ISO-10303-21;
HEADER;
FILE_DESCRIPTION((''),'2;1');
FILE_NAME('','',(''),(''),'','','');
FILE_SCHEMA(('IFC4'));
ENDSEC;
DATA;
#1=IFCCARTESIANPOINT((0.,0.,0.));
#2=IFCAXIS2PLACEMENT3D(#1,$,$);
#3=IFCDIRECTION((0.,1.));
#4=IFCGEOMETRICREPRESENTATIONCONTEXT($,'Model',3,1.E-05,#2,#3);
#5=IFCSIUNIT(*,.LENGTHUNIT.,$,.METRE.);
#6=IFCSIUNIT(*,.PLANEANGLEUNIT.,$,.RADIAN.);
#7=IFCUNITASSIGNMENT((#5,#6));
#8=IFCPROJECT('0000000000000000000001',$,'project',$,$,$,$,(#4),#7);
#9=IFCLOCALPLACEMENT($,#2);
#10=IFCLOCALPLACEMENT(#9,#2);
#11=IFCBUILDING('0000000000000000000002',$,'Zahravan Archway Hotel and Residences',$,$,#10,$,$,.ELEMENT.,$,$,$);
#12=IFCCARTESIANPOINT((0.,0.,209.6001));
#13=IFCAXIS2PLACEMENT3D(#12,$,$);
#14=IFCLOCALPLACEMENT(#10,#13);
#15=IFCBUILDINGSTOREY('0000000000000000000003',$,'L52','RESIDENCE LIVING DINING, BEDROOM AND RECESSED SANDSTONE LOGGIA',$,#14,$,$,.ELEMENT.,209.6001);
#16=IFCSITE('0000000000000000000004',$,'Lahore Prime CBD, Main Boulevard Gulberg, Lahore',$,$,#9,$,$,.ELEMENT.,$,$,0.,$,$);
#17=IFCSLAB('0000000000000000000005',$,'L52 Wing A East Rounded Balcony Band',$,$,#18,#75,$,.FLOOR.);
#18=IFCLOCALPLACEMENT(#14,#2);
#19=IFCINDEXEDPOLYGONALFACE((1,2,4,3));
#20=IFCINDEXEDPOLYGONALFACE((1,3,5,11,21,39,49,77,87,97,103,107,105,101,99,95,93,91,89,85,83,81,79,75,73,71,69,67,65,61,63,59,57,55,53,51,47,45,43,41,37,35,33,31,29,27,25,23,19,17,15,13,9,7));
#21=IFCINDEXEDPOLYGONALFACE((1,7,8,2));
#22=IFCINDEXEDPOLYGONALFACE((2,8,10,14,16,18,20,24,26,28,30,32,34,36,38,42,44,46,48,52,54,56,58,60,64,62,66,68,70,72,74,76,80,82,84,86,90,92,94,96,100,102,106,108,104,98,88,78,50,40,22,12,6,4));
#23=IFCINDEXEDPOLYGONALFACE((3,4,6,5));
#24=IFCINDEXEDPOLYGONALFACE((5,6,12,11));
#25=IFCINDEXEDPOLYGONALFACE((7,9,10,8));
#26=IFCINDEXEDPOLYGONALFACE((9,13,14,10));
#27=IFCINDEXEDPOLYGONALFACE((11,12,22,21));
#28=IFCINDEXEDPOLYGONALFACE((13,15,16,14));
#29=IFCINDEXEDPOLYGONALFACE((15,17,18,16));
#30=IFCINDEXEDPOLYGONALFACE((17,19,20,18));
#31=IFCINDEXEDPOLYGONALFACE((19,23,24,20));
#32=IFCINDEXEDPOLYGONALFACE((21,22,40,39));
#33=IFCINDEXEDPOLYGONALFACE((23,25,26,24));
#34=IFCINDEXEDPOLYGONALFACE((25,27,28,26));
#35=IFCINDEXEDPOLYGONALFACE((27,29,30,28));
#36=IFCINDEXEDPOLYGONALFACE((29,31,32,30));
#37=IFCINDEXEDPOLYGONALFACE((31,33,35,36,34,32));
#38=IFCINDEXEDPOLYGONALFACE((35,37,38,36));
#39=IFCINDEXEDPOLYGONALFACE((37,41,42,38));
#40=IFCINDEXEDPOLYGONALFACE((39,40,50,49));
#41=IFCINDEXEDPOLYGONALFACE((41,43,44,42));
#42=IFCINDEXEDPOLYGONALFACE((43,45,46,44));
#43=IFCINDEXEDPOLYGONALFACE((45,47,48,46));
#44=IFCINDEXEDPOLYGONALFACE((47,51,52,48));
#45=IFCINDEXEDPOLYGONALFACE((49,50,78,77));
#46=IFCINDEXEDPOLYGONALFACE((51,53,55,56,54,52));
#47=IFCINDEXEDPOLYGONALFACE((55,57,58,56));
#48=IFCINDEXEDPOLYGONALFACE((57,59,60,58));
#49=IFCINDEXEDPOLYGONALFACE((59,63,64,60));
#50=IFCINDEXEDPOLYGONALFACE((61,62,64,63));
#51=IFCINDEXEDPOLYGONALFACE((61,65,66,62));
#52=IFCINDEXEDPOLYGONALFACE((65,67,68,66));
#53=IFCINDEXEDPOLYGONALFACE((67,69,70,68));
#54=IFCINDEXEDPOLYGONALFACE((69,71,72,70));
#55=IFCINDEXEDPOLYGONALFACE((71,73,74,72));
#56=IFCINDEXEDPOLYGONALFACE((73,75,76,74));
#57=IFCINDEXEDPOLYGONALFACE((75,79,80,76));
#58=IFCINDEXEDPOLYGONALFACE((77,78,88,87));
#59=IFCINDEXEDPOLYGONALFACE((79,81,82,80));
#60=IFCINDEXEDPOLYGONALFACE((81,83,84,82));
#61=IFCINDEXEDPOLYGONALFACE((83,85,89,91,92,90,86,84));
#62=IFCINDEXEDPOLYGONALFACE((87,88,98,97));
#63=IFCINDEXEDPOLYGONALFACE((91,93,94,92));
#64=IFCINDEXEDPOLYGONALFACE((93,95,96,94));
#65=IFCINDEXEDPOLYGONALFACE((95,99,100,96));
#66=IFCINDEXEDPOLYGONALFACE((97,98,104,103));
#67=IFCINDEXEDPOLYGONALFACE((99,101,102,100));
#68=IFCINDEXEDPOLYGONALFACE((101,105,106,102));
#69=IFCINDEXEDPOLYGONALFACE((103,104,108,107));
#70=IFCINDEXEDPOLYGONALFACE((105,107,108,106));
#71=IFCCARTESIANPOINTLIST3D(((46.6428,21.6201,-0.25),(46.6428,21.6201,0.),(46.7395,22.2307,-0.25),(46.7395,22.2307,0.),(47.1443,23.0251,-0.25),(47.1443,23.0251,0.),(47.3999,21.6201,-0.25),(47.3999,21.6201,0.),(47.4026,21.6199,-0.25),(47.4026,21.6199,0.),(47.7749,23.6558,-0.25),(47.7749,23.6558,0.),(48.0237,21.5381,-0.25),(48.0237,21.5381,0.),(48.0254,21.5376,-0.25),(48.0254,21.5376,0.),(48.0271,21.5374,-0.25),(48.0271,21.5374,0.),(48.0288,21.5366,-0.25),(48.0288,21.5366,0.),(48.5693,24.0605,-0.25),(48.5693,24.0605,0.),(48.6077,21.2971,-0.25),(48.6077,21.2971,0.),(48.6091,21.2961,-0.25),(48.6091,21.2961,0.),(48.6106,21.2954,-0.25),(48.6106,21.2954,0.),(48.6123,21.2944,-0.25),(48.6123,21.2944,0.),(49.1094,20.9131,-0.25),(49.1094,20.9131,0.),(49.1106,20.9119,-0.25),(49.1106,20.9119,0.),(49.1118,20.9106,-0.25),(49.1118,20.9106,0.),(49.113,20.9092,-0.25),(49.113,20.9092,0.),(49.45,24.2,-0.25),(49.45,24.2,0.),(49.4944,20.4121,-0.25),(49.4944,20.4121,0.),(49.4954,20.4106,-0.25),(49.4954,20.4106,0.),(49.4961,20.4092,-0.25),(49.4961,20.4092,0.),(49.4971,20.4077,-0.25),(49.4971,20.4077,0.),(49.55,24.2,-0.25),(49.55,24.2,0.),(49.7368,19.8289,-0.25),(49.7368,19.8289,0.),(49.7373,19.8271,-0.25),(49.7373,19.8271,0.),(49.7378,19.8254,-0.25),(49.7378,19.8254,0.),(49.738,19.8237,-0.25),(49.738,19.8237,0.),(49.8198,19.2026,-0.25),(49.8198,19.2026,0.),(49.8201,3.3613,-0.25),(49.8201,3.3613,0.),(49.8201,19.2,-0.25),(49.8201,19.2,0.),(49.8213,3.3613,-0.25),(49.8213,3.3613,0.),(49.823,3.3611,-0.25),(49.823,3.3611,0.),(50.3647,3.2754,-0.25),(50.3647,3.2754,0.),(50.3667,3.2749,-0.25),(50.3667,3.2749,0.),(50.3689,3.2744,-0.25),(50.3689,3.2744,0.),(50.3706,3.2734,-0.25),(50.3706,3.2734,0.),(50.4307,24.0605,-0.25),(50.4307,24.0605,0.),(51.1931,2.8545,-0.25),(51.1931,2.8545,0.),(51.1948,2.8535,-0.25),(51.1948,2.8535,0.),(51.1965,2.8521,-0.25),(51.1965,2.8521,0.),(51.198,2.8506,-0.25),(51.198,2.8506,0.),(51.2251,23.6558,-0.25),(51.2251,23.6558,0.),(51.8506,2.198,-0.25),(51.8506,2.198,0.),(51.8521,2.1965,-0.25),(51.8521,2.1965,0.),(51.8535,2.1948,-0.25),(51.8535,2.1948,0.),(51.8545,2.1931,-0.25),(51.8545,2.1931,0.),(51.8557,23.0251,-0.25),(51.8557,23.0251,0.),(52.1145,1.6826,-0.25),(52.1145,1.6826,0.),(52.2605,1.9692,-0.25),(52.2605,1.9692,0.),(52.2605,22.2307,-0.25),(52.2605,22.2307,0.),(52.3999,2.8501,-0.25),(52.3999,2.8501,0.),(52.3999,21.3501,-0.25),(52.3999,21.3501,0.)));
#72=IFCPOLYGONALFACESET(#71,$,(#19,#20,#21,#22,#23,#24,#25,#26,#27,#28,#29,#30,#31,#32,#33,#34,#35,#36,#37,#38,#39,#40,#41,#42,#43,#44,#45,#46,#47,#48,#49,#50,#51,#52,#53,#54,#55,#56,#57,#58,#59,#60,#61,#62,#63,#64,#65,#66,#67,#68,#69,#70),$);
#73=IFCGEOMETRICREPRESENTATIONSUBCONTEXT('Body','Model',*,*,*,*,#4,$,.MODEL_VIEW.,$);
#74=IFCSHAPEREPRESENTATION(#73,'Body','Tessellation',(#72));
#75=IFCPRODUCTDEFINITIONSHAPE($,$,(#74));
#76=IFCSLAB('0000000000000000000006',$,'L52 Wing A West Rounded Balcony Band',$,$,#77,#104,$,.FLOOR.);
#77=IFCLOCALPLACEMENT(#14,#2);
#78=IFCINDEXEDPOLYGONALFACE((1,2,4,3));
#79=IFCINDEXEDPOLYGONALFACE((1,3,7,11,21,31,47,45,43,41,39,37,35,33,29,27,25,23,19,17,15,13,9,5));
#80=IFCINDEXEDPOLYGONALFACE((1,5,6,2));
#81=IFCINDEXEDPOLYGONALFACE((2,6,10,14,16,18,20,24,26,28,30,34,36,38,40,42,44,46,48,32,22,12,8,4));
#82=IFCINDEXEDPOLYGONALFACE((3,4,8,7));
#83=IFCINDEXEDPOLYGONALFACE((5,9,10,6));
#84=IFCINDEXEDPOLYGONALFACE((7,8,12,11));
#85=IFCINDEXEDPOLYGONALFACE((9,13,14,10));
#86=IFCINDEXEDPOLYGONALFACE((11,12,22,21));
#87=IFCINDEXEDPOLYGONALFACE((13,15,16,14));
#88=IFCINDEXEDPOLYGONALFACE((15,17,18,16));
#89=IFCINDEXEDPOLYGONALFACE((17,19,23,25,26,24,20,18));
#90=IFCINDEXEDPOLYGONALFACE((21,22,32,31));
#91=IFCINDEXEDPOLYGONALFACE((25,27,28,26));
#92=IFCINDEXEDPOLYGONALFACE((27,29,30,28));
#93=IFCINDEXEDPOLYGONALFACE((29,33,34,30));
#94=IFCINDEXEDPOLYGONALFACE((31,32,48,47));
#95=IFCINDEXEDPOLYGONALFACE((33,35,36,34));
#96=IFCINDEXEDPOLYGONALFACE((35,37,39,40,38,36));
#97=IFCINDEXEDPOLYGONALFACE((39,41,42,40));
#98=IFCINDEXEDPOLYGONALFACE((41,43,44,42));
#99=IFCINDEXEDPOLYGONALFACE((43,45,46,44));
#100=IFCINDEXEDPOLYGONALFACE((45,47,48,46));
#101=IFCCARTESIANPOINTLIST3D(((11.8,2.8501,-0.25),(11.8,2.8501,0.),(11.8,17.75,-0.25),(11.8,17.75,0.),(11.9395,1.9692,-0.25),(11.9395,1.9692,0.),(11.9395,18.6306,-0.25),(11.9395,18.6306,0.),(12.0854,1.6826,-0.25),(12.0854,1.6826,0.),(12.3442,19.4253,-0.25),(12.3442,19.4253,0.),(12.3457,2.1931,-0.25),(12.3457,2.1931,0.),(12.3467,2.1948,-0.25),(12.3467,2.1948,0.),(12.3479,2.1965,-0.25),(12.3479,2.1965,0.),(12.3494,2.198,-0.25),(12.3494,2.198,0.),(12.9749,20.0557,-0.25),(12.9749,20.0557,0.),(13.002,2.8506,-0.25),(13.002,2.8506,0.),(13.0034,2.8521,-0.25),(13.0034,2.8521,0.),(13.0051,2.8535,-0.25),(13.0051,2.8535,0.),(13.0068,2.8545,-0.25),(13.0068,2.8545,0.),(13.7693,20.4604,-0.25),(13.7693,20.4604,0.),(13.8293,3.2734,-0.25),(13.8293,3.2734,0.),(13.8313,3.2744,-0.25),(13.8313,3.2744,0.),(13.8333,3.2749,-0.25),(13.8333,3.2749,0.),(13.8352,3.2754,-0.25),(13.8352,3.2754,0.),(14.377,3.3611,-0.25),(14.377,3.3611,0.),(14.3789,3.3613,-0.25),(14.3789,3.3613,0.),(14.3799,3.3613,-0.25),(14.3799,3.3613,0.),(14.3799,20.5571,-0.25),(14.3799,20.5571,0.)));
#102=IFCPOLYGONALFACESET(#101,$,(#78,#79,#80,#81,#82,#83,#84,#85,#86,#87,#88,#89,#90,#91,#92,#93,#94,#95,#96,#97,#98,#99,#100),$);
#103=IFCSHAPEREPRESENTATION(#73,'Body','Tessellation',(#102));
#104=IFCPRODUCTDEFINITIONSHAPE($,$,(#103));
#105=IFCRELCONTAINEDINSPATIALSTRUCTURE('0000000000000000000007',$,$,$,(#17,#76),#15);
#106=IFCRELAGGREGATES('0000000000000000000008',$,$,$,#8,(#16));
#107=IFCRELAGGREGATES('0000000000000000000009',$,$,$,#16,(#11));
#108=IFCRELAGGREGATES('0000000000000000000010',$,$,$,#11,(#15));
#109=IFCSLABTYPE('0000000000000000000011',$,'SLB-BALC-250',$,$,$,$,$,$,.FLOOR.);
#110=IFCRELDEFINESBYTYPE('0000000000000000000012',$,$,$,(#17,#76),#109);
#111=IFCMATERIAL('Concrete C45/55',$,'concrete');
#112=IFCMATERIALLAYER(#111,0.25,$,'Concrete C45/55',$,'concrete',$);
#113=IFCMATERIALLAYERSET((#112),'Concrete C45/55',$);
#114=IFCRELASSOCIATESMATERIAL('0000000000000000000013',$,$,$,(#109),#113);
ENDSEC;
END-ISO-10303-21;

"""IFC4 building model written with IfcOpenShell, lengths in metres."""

from ifc_helpers import new_model, si_unit, direction, frame, origin, place, context, subcontext, project, spatial, polyline, outline, extrude, material, layer, layer_set, type_object, element, save


model = new_model("IFC4")

# Units and contexts
model_context = context("Model", 3, precision=1e-05, world=origin(), true_north=direction((0.0, 1.0)))
body_context = subcontext(model_context, "Body", "Model", "MODEL_VIEW")
ifc_project = project(units=[si_unit("LENGTHUNIT", "METRE"), si_unit("PLANEANGLEUNIT", "RADIAN")], contexts=[model_context])

# Site, building, storey
site_placement = place(None, origin())
site = spatial("IfcSite", under=ifc_project, at=site_placement, Name="Lahore Prime CBD, Main Boulevard Gulberg, Lahore", CompositionType="ELEMENT", RefElevation=0.0)
building_placement = place(site_placement, origin())
building = spatial("IfcBuilding", under=site, at=building_placement, Name="Zahravan Archway Hotel and Residences", CompositionType="ELEMENT")
storey_placement = place(building_placement, frame((0.0, 0.0, 209.6001)))
storey = spatial("IfcBuildingStorey", under=building, at=storey_placement, Name="L52", Description="RESIDENCE LIVING DINING, BEDROOM AND RECESSED SANDSTONE LOGGIA", CompositionType="ELEMENT", Elevation=209.6001)

# Slabs
ifc_material_1 = material(Name="Concrete C45/55", Category="concrete")
ifc_layer_1 = layer(ifc_material_1, 0.25, Name="Concrete C45/55", Category="concrete")
ifc_layer_set_1 = layer_set([ifc_layer_1], Name="Concrete C45/55")
slab_type_1 = type_object("IfcSlabType", Name="SLB-BALC-250", PredefinedType="FLOOR", material=ifc_layer_set_1)
slab_1_placement = place(storey_placement, frame((0.0, 0.0, -0.25)))
element("IfcSlab", 1, at=slab_1_placement, inside=storey, type_object=slab_type_1, Name="L52 Wing A East Rounded Balcony Band", PredefinedType="FLOOR", context=body_context, shape_type="SweptSolid", body=[
    extrude(outline(polyline([(46.7395, 22.2307), (47.1443, 23.0251), (47.7749, 23.6558), (48.5693, 24.0605), (49.45, 24.2), (49.55, 24.2), (50.4307, 24.0605), (51.2251, 23.6558), (51.8557, 23.0251), (52.2605, 22.2307), (52.3999, 21.3501), (52.3999, 2.8501), (52.2605, 1.9692), (52.1145, 1.6826), (51.8545, 2.1931), (51.8535, 2.1948), (51.8521, 2.1965), (51.8506, 2.198), (51.198, 2.8506), (51.1965, 2.8521), (51.1948, 2.8535), (51.1931, 2.8545), (50.3706, 3.2734), (50.3689, 3.2744), (50.3667, 3.2749), (50.3647, 3.2754), (49.823, 3.3611), (49.8213, 3.3613), (49.8201, 3.3613), (49.8201, 19.2), (49.8198, 19.2026), (49.738, 19.8237), (49.7378, 19.8254), (49.7373, 19.8271), (49.7368, 19.8289), (49.4971, 20.4077), (49.4961, 20.4092), (49.4954, 20.4106), (49.4944, 20.4121), (49.113, 20.9092), (49.1118, 20.9106), (49.1106, 20.9119), (49.1094, 20.9131), (48.6123, 21.2944), (48.6106, 21.2954), (48.6091, 21.2961), (48.6077, 21.2971), (48.0288, 21.5366), (48.0271, 21.5374), (48.0254, 21.5376), (48.0237, 21.5381), (47.4026, 21.6199), (47.3999, 21.6201), (46.6428, 21.6201), (46.7395, 22.2307)])), origin(), (0.0, 0.0, 1.0), 0.25),
])
slab_2_placement = place(storey_placement, frame((0.0, 0.0, -0.25)))
element("IfcSlab", 2, at=slab_2_placement, inside=storey, type_object=slab_type_1, Name="L52 Wing A West Rounded Balcony Band", PredefinedType="FLOOR", context=body_context, shape_type="SweptSolid", body=[
    extrude(outline(polyline([(11.9395, 1.9692), (11.8, 2.8501), (11.8, 17.75), (11.9395, 18.6306), (12.3442, 19.4253), (12.9749, 20.0557), (13.7693, 20.4604), (14.3799, 20.5571), (14.3799, 3.3613), (14.3789, 3.3613), (14.377, 3.3611), (13.8352, 3.2754), (13.8333, 3.2749), (13.8313, 3.2744), (13.8293, 3.2734), (13.0068, 2.8545), (13.0051, 2.8535), (13.0034, 2.8521), (13.002, 2.8506), (12.3494, 2.198), (12.3479, 2.1965), (12.3467, 2.1948), (12.3457, 2.1931), (12.0854, 1.6826), (11.9395, 1.9692)])), origin(), (0.0, 0.0, 1.0), 0.25),
])

save(model, "model.ifc")
